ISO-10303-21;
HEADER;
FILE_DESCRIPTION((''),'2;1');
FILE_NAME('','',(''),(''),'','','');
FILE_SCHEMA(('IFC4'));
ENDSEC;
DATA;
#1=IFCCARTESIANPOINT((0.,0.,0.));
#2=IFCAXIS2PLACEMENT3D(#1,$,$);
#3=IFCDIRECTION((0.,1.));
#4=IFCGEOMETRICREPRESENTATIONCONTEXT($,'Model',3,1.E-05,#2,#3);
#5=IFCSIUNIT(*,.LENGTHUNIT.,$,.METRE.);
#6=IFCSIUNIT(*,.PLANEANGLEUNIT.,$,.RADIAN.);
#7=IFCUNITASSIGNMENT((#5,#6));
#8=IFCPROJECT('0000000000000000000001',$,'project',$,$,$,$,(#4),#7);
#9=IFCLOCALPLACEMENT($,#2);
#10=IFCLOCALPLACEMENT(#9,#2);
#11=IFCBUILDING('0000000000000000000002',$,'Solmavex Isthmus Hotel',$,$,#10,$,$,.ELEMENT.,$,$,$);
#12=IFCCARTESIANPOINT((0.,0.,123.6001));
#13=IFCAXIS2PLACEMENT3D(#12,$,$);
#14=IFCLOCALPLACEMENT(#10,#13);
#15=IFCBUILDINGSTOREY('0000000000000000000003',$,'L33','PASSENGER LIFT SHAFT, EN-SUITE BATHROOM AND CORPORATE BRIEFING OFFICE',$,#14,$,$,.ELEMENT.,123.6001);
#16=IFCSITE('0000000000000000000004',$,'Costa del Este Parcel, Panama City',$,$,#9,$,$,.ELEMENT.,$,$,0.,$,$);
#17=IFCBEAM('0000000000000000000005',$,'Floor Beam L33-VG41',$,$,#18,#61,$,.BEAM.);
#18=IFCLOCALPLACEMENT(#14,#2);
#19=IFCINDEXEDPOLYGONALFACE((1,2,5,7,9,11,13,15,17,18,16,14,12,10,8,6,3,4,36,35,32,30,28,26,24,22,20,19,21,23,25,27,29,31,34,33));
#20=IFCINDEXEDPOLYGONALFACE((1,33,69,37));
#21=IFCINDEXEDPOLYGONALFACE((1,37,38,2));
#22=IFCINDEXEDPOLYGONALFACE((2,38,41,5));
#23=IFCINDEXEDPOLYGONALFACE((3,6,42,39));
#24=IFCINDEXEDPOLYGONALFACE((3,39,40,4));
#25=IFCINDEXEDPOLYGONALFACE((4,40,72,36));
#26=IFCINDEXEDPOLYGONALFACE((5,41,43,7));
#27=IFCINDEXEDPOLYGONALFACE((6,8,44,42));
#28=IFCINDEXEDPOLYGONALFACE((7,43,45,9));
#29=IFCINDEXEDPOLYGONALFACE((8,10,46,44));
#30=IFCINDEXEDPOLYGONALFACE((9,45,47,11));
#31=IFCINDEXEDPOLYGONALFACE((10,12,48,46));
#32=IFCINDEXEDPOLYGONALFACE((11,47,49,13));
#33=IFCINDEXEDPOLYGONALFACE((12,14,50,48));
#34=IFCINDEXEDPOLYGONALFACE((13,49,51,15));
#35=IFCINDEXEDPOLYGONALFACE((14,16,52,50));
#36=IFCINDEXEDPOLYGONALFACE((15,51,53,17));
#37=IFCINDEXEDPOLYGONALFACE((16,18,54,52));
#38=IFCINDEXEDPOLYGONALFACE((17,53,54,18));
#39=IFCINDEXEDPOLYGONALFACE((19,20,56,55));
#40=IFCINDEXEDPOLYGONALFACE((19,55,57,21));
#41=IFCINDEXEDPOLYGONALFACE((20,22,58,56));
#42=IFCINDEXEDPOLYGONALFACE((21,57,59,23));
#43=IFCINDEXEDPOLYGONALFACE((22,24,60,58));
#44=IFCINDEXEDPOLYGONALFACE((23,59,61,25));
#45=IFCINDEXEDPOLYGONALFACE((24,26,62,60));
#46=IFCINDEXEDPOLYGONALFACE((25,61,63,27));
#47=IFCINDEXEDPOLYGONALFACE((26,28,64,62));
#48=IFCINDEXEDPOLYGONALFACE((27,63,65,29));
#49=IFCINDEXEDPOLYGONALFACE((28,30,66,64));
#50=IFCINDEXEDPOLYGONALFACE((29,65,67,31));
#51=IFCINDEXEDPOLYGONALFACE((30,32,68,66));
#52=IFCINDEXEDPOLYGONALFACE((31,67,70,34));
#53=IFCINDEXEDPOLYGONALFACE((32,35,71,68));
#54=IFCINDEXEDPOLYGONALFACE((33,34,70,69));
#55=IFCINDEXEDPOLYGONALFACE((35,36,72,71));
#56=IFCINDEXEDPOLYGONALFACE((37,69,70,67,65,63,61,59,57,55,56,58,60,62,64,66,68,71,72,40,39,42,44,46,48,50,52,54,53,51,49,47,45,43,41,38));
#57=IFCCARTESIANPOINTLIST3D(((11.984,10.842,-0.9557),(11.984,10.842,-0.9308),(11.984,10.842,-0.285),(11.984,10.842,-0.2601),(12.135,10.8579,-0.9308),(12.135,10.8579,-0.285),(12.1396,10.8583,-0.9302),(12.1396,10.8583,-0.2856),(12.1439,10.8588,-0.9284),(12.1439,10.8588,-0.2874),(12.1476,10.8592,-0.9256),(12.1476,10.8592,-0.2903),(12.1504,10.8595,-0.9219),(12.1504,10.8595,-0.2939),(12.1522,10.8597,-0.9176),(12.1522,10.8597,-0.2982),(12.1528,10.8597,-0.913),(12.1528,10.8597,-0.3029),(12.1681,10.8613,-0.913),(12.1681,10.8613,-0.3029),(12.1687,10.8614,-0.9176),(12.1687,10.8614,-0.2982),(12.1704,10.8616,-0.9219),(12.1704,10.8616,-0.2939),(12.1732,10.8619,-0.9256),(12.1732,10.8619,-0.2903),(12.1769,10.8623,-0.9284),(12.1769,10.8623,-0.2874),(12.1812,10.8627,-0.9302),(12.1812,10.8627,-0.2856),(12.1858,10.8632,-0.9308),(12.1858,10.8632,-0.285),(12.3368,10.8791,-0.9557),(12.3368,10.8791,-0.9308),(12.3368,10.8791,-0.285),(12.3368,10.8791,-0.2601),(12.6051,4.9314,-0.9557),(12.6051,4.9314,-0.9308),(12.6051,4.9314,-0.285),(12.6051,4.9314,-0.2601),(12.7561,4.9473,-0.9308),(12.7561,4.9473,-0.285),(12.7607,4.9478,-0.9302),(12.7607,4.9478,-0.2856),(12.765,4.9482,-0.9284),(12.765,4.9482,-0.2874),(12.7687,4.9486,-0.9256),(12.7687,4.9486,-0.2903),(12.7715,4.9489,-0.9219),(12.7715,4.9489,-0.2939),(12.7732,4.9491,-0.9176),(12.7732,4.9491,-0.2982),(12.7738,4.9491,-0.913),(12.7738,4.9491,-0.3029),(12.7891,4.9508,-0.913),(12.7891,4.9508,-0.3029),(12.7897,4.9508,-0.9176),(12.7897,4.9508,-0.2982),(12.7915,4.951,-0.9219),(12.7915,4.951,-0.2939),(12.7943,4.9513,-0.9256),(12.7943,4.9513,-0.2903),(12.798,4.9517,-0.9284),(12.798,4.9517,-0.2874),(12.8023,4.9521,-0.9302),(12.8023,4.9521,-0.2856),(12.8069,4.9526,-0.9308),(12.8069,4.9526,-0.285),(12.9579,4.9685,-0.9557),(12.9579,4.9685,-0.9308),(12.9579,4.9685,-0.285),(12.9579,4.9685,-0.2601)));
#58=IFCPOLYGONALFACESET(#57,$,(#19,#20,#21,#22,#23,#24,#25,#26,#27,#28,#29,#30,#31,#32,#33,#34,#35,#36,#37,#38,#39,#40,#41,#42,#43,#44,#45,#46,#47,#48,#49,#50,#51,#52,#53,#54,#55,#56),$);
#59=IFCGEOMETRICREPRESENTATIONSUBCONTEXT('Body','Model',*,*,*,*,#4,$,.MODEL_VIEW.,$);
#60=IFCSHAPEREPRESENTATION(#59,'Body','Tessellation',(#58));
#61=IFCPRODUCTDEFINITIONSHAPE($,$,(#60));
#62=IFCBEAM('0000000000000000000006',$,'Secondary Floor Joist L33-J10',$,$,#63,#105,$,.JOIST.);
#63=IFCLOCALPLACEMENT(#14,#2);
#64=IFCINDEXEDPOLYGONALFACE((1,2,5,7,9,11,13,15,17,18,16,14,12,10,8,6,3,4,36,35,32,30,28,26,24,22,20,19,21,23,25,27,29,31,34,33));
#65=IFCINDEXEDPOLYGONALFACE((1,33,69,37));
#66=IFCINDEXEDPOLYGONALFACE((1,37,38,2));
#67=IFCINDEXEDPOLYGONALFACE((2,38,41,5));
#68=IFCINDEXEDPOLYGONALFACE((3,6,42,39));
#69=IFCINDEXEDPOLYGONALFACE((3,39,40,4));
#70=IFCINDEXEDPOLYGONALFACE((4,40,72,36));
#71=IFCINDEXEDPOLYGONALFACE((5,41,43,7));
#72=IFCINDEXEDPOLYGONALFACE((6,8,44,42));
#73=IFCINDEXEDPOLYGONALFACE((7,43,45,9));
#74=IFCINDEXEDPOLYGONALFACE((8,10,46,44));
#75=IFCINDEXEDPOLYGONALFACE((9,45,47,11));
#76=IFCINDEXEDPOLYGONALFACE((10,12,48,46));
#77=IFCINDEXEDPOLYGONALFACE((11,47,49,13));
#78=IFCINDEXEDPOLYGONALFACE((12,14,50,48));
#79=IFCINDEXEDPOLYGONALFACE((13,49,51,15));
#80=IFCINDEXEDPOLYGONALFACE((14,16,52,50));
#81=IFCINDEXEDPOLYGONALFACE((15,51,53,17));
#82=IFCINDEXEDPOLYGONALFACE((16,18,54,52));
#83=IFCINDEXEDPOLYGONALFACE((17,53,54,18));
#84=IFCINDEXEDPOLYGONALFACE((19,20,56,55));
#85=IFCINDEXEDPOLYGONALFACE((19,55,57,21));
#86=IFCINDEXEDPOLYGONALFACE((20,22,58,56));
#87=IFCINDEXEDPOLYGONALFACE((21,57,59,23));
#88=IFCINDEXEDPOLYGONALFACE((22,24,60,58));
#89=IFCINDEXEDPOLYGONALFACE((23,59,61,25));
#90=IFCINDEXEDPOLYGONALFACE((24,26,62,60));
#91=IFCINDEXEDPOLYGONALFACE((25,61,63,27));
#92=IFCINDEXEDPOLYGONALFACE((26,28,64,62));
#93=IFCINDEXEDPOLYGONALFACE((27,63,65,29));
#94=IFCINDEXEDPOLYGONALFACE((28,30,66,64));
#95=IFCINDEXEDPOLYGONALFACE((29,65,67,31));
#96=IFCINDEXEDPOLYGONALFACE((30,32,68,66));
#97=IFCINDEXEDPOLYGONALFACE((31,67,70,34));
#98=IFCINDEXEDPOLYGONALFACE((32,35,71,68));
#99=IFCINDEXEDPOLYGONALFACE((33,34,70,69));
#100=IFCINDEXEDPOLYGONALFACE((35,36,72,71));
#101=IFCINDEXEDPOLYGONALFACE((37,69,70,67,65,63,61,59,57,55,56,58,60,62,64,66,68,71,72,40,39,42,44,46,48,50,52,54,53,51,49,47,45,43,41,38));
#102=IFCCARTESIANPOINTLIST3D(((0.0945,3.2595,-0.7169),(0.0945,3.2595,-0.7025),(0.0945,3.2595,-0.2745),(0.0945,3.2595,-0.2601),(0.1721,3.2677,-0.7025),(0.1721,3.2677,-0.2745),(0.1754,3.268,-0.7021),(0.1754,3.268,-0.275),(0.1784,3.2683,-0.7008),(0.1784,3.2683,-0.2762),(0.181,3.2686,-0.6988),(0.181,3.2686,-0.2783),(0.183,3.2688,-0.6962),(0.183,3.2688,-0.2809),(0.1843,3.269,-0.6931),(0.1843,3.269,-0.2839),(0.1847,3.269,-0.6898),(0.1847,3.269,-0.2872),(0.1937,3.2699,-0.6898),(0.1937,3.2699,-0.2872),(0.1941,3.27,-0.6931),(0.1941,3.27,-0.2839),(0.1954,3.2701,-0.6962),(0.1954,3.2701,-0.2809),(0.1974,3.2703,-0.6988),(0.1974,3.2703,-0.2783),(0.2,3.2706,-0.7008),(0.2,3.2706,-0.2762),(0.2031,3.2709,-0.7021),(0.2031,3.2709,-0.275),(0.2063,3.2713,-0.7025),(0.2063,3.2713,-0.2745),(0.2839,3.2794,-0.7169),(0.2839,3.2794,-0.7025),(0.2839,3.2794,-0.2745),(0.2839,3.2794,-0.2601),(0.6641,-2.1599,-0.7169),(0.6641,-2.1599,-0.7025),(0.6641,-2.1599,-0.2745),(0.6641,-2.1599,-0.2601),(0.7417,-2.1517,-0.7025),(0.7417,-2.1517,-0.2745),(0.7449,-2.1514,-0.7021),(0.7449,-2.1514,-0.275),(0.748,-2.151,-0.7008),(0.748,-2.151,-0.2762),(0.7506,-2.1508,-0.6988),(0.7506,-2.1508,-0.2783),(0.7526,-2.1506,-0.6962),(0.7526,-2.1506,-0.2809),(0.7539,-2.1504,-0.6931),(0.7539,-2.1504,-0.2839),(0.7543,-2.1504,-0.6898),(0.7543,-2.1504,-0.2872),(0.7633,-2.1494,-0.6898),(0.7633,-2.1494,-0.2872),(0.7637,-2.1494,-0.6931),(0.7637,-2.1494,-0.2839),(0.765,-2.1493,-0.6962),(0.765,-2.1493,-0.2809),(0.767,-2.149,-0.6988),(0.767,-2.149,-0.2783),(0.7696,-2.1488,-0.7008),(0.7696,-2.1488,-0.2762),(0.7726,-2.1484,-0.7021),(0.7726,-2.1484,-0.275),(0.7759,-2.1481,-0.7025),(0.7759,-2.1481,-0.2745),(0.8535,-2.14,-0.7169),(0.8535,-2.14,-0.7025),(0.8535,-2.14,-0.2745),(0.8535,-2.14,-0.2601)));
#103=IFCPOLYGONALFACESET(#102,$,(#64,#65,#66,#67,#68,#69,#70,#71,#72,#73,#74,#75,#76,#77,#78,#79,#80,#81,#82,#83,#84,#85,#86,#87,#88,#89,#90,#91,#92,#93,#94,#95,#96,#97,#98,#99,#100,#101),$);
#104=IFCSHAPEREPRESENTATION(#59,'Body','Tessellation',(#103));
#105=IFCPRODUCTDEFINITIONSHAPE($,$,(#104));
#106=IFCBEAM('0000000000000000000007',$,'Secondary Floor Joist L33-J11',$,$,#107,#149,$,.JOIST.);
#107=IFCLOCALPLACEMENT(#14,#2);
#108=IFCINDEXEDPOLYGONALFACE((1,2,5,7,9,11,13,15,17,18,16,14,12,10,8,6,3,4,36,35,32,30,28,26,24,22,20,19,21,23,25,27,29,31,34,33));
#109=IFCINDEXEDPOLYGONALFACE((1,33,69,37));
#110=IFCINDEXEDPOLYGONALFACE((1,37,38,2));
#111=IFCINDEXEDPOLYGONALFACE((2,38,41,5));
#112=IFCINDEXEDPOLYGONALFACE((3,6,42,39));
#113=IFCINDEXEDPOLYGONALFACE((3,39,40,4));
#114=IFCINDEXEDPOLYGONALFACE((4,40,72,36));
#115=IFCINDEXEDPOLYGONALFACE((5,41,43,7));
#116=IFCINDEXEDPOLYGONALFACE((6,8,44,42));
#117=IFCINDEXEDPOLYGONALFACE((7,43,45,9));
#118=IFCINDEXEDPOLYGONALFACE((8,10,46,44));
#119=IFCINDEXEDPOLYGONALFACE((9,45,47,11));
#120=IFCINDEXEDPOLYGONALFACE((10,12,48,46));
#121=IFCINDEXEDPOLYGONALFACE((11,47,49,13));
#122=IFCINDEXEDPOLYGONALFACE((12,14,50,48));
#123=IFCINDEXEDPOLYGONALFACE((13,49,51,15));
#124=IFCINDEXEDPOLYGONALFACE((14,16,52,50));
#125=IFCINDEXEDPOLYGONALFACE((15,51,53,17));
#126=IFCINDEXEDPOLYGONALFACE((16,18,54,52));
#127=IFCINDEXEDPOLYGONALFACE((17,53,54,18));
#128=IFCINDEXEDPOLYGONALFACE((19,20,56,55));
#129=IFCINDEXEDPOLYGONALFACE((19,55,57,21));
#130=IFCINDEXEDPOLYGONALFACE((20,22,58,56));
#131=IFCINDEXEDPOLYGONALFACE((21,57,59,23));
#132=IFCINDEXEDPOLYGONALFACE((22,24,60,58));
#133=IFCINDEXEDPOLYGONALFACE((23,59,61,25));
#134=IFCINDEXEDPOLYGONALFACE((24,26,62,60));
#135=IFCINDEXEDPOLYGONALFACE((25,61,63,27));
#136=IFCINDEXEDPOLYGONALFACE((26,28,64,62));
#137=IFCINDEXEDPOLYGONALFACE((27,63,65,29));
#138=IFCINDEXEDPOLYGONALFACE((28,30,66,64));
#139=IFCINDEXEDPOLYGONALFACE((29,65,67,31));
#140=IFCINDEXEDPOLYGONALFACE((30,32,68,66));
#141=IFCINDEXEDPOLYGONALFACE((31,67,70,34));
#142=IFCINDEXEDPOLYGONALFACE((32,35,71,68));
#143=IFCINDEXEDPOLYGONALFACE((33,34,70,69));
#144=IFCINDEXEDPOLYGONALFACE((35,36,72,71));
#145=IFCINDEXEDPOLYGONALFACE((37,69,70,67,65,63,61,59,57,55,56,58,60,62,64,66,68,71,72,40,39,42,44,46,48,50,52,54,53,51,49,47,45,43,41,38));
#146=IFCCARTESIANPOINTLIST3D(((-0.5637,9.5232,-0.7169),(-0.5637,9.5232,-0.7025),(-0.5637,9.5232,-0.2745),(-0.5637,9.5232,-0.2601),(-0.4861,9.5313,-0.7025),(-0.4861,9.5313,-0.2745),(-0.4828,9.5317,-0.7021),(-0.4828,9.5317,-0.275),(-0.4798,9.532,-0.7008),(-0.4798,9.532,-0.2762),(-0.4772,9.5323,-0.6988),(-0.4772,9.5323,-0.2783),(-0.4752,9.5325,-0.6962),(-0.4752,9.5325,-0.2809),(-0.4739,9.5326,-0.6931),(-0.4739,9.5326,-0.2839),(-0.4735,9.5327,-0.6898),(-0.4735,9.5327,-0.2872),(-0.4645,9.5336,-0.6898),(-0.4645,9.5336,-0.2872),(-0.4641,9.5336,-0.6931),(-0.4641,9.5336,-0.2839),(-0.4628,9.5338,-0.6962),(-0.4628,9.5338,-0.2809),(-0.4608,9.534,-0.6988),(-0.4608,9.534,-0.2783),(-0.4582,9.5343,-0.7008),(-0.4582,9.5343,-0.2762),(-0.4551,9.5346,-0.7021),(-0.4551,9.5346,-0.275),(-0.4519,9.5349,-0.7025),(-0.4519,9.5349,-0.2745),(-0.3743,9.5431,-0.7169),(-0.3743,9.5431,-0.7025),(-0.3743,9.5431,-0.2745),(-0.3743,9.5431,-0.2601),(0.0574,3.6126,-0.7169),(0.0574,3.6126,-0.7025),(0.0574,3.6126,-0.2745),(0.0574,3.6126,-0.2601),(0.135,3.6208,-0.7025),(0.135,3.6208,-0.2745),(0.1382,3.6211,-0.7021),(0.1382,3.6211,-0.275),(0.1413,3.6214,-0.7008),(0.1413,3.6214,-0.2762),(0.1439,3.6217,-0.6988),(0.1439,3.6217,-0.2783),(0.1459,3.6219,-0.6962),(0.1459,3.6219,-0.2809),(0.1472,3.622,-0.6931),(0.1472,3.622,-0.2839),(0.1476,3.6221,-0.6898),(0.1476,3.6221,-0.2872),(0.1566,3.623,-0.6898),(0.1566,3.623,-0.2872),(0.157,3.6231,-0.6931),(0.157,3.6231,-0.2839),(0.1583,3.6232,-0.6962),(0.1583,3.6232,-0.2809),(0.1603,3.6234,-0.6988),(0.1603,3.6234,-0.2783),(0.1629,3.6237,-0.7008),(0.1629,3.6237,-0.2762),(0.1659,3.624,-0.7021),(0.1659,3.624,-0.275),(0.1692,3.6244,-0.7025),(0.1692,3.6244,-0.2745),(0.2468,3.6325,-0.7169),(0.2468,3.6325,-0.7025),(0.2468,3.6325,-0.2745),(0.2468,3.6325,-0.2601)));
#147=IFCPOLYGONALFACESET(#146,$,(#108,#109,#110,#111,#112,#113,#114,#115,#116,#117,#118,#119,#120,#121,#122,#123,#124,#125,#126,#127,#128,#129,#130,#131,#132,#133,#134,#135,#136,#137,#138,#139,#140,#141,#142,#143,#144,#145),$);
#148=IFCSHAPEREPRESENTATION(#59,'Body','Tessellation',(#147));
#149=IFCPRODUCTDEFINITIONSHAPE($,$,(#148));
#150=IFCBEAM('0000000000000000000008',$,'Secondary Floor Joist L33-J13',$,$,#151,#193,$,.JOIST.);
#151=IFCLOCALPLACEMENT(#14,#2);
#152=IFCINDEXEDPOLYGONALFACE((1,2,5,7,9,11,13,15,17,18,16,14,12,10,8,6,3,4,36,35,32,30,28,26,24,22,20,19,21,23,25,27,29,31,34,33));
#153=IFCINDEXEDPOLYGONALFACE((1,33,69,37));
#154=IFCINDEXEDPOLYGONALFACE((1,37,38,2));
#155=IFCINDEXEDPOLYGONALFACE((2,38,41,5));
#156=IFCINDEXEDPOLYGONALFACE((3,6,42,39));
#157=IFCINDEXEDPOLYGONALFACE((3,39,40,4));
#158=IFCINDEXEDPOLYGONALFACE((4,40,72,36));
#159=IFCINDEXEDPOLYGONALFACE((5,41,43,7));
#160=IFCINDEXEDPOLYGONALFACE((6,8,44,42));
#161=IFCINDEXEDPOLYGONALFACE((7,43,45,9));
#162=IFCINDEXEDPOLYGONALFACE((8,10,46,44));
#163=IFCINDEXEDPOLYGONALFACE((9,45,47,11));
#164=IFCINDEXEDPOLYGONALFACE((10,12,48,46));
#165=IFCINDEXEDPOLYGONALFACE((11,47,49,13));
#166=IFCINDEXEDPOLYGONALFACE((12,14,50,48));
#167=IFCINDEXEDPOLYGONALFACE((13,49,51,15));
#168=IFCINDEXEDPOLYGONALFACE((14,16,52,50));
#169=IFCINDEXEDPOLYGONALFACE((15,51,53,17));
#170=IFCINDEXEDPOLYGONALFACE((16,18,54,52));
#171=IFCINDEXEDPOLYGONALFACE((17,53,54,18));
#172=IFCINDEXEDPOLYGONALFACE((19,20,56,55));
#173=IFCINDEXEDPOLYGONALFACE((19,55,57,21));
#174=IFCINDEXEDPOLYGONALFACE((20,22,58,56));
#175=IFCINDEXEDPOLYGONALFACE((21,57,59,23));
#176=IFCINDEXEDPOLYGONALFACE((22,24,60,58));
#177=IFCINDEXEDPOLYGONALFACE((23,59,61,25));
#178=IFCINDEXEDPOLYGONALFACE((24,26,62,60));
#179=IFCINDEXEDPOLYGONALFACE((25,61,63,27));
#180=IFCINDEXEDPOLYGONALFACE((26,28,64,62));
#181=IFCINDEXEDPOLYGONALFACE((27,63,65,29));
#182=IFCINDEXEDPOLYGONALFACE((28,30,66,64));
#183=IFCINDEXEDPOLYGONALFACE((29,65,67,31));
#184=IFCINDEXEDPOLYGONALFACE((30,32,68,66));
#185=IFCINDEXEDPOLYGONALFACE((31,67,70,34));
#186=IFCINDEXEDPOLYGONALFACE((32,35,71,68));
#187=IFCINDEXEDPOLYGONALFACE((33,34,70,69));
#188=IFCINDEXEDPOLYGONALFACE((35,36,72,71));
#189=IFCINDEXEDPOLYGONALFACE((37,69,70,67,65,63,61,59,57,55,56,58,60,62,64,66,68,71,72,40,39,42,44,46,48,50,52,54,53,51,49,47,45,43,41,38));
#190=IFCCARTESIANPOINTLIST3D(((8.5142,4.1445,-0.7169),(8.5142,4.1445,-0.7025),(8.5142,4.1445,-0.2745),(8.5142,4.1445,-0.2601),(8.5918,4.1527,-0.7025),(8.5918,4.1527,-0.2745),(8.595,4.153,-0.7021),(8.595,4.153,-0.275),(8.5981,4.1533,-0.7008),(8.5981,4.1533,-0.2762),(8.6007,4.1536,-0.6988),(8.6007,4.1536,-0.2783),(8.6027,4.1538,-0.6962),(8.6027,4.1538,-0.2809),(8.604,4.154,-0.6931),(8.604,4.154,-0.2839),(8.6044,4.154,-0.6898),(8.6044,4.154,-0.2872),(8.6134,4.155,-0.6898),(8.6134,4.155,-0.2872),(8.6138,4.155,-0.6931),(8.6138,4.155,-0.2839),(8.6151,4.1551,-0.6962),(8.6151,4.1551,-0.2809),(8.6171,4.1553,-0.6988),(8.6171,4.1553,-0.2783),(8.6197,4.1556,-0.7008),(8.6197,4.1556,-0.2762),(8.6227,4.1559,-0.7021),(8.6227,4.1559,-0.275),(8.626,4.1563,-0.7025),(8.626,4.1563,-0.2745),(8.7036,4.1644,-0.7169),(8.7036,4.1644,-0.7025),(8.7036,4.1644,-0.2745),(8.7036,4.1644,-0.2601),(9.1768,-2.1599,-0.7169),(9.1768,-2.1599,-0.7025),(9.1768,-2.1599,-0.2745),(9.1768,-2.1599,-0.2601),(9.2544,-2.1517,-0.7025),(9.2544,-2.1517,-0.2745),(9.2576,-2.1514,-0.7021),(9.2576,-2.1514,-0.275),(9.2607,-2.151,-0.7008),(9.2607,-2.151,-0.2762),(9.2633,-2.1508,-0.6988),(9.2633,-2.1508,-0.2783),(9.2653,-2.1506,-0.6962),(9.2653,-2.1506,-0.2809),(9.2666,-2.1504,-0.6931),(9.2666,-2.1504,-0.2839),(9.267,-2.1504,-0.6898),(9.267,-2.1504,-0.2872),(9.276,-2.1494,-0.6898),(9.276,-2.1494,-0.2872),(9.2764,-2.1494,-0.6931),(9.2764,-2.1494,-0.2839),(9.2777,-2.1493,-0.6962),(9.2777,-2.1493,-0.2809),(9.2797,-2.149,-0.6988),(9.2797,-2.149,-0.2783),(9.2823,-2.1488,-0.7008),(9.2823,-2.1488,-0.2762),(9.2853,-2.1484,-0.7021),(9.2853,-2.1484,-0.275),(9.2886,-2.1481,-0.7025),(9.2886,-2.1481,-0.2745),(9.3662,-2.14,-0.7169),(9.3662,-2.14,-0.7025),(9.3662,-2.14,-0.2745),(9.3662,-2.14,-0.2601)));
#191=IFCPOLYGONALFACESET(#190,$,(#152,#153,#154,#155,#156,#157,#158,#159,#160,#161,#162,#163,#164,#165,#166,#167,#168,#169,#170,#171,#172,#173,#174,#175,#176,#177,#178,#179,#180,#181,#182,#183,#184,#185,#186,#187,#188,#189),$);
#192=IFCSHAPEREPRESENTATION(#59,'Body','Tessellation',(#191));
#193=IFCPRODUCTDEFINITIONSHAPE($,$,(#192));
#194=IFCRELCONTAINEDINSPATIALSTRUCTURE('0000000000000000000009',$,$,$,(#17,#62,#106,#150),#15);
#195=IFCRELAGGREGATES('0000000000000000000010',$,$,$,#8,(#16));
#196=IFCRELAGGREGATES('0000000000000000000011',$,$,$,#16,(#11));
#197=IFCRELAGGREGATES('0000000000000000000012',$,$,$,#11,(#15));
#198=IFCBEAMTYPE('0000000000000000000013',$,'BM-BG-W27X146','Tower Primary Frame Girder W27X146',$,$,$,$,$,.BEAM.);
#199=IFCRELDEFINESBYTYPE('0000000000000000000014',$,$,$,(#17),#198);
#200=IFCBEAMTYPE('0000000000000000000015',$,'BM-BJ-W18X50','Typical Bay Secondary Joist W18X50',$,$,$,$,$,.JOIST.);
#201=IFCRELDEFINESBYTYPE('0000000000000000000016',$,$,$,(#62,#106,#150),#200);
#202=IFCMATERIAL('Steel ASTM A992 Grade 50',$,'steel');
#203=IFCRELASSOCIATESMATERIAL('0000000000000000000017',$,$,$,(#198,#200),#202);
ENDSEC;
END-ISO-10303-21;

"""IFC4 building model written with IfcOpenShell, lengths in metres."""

from ifc_helpers import new_model, si_unit, direction, frame, origin, origin_2d, place, context, subcontext, project, spatial, i_section, extrude, material, material_profile, profile_set, type_object, element, save


model = new_model("IFC4")

# Units and contexts
model_context = context("Model", 3, precision=1e-05, world=origin(), true_north=direction((0.0, 1.0)))
body_context = subcontext(model_context, "Body", "Model", "MODEL_VIEW")
ifc_project = project(units=[si_unit("LENGTHUNIT", "METRE"), si_unit("PLANEANGLEUNIT", "RADIAN")], contexts=[model_context])

# Site, building, storey
site_placement = place(None, origin())
site = spatial("IfcSite", under=ifc_project, at=site_placement, Name="Costa del Este Parcel, Panama City", CompositionType="ELEMENT", RefElevation=0.0)
building_placement = place(site_placement, origin())
building = spatial("IfcBuilding", under=site, at=building_placement, Name="Solmavex Isthmus Hotel", CompositionType="ELEMENT")
storey_placement = place(building_placement, frame((0.0, 0.0, 123.6001)))
storey = spatial("IfcBuildingStorey", under=building, at=storey_placement, Name="L33", Description="PASSENGER LIFT SHAFT, EN-SUITE BATHROOM AND CORPORATE BRIEFING OFFICE", CompositionType="ELEMENT", Elevation=123.6001)

# Beams
ifc_material_1 = material(Name="Steel ASTM A992 Grade 50", Category="steel")
ifc_material_profile_1 = material_profile(ifc_material_1, i_section(OverallWidth=0.3547, OverallDepth=0.6956, WebThickness=0.0154, FlangeThickness=0.0249, FilletRadius=0.0178, at=origin_2d()), Name="W27X146")
ifc_profile_set_1 = profile_set([ifc_material_profile_1], Name="Steel ASTM A992 Grade 50")
beam_type_1 = type_object("IfcBeamType", Name="BM-BG-W27X146", Description="Tower Primary Frame Girder W27X146", PredefinedType="BEAM", material=ifc_profile_set_1)
beam_1_placement = place(storey_placement, frame((12.7815, 4.95, -0.6079), z_axis=(-0.104505, 0.994524, 0.0), x_axis=(-0.994524, -0.104505, 0.0)))
element("IfcBeam", 1, at=beam_1_placement, inside=storey, type_object=beam_type_1, Name="Floor Beam L33-VG41", PredefinedType="BEAM", context=body_context, shape_type="SweptSolid", body=[
    extrude(i_section(OverallWidth=0.3547, OverallDepth=0.6956, WebThickness=0.0154, FlangeThickness=0.0249, FilletRadius=0.0178, at=origin_2d()), origin(), (0.0, 0.0, 1.0), 5.9431),
])
ifc_material_profile_2 = material_profile(ifc_material_1, i_section(OverallWidth=0.1904, OverallDepth=0.4568, WebThickness=0.009, FlangeThickness=0.0144, FilletRadius=0.0127, at=origin_2d()), Name="W18X50")
ifc_profile_set_2 = profile_set([ifc_material_profile_2], Name="Steel ASTM A992 Grade 50")
beam_type_2 = type_object("IfcBeamType", Name="BM-BJ-W18X50", Description="Typical Bay Secondary Joist W18X50", PredefinedType="JOIST", material=ifc_profile_set_2)
beam_2_placement = place(storey_placement, frame((0.7588, -2.1499, -0.4885), z_axis=(-0.104524, 0.994522, 0.0), x_axis=(-0.994522, -0.104524, 0.0)))
element("IfcBeam", 2, at=beam_2_placement, inside=storey, type_object=beam_type_2, Name="Secondary Floor Joist L33-J10", PredefinedType="JOIST", context=body_context, shape_type="SweptSolid", body=[
    extrude(i_section(OverallWidth=0.1904, OverallDepth=0.4568, WebThickness=0.009, FlangeThickness=0.0144, FilletRadius=0.0127, at=origin_2d()), origin(), (0.0, 0.0, 1.0), 5.4492),
])
beam_3_placement = place(storey_placement, frame((0.1521, 3.6226, -0.4885), z_axis=(-0.104505, 0.994524, 0.0), x_axis=(-0.994524, -0.104505, 0.0)))
element("IfcBeam", 3, at=beam_3_placement, inside=storey, type_object=beam_type_2, Name="Secondary Floor Joist L33-J11", PredefinedType="JOIST", context=body_context, shape_type="SweptSolid", body=[
    extrude(i_section(OverallWidth=0.1904, OverallDepth=0.4568, WebThickness=0.009, FlangeThickness=0.0144, FilletRadius=0.0127, at=origin_2d()), origin(), (0.0, 0.0, 1.0), 5.9431),
])
beam_4_placement = place(storey_placement, frame((9.2715, -2.1499, -0.4885), z_axis=(-0.104524, 0.994522, 0.0), x_axis=(-0.994522, -0.104524, 0.0)))
element("IfcBeam", 4, at=beam_4_placement, inside=storey, type_object=beam_type_2, Name="Secondary Floor Joist L33-J13", PredefinedType="JOIST", context=body_context, shape_type="SweptSolid", body=[
    extrude(i_section(OverallWidth=0.1904, OverallDepth=0.4568, WebThickness=0.009, FlangeThickness=0.0144, FilletRadius=0.0127, at=origin_2d()), origin(), (0.0, 0.0, 1.0), 6.3391),
])

save(model, "model.ifc")
